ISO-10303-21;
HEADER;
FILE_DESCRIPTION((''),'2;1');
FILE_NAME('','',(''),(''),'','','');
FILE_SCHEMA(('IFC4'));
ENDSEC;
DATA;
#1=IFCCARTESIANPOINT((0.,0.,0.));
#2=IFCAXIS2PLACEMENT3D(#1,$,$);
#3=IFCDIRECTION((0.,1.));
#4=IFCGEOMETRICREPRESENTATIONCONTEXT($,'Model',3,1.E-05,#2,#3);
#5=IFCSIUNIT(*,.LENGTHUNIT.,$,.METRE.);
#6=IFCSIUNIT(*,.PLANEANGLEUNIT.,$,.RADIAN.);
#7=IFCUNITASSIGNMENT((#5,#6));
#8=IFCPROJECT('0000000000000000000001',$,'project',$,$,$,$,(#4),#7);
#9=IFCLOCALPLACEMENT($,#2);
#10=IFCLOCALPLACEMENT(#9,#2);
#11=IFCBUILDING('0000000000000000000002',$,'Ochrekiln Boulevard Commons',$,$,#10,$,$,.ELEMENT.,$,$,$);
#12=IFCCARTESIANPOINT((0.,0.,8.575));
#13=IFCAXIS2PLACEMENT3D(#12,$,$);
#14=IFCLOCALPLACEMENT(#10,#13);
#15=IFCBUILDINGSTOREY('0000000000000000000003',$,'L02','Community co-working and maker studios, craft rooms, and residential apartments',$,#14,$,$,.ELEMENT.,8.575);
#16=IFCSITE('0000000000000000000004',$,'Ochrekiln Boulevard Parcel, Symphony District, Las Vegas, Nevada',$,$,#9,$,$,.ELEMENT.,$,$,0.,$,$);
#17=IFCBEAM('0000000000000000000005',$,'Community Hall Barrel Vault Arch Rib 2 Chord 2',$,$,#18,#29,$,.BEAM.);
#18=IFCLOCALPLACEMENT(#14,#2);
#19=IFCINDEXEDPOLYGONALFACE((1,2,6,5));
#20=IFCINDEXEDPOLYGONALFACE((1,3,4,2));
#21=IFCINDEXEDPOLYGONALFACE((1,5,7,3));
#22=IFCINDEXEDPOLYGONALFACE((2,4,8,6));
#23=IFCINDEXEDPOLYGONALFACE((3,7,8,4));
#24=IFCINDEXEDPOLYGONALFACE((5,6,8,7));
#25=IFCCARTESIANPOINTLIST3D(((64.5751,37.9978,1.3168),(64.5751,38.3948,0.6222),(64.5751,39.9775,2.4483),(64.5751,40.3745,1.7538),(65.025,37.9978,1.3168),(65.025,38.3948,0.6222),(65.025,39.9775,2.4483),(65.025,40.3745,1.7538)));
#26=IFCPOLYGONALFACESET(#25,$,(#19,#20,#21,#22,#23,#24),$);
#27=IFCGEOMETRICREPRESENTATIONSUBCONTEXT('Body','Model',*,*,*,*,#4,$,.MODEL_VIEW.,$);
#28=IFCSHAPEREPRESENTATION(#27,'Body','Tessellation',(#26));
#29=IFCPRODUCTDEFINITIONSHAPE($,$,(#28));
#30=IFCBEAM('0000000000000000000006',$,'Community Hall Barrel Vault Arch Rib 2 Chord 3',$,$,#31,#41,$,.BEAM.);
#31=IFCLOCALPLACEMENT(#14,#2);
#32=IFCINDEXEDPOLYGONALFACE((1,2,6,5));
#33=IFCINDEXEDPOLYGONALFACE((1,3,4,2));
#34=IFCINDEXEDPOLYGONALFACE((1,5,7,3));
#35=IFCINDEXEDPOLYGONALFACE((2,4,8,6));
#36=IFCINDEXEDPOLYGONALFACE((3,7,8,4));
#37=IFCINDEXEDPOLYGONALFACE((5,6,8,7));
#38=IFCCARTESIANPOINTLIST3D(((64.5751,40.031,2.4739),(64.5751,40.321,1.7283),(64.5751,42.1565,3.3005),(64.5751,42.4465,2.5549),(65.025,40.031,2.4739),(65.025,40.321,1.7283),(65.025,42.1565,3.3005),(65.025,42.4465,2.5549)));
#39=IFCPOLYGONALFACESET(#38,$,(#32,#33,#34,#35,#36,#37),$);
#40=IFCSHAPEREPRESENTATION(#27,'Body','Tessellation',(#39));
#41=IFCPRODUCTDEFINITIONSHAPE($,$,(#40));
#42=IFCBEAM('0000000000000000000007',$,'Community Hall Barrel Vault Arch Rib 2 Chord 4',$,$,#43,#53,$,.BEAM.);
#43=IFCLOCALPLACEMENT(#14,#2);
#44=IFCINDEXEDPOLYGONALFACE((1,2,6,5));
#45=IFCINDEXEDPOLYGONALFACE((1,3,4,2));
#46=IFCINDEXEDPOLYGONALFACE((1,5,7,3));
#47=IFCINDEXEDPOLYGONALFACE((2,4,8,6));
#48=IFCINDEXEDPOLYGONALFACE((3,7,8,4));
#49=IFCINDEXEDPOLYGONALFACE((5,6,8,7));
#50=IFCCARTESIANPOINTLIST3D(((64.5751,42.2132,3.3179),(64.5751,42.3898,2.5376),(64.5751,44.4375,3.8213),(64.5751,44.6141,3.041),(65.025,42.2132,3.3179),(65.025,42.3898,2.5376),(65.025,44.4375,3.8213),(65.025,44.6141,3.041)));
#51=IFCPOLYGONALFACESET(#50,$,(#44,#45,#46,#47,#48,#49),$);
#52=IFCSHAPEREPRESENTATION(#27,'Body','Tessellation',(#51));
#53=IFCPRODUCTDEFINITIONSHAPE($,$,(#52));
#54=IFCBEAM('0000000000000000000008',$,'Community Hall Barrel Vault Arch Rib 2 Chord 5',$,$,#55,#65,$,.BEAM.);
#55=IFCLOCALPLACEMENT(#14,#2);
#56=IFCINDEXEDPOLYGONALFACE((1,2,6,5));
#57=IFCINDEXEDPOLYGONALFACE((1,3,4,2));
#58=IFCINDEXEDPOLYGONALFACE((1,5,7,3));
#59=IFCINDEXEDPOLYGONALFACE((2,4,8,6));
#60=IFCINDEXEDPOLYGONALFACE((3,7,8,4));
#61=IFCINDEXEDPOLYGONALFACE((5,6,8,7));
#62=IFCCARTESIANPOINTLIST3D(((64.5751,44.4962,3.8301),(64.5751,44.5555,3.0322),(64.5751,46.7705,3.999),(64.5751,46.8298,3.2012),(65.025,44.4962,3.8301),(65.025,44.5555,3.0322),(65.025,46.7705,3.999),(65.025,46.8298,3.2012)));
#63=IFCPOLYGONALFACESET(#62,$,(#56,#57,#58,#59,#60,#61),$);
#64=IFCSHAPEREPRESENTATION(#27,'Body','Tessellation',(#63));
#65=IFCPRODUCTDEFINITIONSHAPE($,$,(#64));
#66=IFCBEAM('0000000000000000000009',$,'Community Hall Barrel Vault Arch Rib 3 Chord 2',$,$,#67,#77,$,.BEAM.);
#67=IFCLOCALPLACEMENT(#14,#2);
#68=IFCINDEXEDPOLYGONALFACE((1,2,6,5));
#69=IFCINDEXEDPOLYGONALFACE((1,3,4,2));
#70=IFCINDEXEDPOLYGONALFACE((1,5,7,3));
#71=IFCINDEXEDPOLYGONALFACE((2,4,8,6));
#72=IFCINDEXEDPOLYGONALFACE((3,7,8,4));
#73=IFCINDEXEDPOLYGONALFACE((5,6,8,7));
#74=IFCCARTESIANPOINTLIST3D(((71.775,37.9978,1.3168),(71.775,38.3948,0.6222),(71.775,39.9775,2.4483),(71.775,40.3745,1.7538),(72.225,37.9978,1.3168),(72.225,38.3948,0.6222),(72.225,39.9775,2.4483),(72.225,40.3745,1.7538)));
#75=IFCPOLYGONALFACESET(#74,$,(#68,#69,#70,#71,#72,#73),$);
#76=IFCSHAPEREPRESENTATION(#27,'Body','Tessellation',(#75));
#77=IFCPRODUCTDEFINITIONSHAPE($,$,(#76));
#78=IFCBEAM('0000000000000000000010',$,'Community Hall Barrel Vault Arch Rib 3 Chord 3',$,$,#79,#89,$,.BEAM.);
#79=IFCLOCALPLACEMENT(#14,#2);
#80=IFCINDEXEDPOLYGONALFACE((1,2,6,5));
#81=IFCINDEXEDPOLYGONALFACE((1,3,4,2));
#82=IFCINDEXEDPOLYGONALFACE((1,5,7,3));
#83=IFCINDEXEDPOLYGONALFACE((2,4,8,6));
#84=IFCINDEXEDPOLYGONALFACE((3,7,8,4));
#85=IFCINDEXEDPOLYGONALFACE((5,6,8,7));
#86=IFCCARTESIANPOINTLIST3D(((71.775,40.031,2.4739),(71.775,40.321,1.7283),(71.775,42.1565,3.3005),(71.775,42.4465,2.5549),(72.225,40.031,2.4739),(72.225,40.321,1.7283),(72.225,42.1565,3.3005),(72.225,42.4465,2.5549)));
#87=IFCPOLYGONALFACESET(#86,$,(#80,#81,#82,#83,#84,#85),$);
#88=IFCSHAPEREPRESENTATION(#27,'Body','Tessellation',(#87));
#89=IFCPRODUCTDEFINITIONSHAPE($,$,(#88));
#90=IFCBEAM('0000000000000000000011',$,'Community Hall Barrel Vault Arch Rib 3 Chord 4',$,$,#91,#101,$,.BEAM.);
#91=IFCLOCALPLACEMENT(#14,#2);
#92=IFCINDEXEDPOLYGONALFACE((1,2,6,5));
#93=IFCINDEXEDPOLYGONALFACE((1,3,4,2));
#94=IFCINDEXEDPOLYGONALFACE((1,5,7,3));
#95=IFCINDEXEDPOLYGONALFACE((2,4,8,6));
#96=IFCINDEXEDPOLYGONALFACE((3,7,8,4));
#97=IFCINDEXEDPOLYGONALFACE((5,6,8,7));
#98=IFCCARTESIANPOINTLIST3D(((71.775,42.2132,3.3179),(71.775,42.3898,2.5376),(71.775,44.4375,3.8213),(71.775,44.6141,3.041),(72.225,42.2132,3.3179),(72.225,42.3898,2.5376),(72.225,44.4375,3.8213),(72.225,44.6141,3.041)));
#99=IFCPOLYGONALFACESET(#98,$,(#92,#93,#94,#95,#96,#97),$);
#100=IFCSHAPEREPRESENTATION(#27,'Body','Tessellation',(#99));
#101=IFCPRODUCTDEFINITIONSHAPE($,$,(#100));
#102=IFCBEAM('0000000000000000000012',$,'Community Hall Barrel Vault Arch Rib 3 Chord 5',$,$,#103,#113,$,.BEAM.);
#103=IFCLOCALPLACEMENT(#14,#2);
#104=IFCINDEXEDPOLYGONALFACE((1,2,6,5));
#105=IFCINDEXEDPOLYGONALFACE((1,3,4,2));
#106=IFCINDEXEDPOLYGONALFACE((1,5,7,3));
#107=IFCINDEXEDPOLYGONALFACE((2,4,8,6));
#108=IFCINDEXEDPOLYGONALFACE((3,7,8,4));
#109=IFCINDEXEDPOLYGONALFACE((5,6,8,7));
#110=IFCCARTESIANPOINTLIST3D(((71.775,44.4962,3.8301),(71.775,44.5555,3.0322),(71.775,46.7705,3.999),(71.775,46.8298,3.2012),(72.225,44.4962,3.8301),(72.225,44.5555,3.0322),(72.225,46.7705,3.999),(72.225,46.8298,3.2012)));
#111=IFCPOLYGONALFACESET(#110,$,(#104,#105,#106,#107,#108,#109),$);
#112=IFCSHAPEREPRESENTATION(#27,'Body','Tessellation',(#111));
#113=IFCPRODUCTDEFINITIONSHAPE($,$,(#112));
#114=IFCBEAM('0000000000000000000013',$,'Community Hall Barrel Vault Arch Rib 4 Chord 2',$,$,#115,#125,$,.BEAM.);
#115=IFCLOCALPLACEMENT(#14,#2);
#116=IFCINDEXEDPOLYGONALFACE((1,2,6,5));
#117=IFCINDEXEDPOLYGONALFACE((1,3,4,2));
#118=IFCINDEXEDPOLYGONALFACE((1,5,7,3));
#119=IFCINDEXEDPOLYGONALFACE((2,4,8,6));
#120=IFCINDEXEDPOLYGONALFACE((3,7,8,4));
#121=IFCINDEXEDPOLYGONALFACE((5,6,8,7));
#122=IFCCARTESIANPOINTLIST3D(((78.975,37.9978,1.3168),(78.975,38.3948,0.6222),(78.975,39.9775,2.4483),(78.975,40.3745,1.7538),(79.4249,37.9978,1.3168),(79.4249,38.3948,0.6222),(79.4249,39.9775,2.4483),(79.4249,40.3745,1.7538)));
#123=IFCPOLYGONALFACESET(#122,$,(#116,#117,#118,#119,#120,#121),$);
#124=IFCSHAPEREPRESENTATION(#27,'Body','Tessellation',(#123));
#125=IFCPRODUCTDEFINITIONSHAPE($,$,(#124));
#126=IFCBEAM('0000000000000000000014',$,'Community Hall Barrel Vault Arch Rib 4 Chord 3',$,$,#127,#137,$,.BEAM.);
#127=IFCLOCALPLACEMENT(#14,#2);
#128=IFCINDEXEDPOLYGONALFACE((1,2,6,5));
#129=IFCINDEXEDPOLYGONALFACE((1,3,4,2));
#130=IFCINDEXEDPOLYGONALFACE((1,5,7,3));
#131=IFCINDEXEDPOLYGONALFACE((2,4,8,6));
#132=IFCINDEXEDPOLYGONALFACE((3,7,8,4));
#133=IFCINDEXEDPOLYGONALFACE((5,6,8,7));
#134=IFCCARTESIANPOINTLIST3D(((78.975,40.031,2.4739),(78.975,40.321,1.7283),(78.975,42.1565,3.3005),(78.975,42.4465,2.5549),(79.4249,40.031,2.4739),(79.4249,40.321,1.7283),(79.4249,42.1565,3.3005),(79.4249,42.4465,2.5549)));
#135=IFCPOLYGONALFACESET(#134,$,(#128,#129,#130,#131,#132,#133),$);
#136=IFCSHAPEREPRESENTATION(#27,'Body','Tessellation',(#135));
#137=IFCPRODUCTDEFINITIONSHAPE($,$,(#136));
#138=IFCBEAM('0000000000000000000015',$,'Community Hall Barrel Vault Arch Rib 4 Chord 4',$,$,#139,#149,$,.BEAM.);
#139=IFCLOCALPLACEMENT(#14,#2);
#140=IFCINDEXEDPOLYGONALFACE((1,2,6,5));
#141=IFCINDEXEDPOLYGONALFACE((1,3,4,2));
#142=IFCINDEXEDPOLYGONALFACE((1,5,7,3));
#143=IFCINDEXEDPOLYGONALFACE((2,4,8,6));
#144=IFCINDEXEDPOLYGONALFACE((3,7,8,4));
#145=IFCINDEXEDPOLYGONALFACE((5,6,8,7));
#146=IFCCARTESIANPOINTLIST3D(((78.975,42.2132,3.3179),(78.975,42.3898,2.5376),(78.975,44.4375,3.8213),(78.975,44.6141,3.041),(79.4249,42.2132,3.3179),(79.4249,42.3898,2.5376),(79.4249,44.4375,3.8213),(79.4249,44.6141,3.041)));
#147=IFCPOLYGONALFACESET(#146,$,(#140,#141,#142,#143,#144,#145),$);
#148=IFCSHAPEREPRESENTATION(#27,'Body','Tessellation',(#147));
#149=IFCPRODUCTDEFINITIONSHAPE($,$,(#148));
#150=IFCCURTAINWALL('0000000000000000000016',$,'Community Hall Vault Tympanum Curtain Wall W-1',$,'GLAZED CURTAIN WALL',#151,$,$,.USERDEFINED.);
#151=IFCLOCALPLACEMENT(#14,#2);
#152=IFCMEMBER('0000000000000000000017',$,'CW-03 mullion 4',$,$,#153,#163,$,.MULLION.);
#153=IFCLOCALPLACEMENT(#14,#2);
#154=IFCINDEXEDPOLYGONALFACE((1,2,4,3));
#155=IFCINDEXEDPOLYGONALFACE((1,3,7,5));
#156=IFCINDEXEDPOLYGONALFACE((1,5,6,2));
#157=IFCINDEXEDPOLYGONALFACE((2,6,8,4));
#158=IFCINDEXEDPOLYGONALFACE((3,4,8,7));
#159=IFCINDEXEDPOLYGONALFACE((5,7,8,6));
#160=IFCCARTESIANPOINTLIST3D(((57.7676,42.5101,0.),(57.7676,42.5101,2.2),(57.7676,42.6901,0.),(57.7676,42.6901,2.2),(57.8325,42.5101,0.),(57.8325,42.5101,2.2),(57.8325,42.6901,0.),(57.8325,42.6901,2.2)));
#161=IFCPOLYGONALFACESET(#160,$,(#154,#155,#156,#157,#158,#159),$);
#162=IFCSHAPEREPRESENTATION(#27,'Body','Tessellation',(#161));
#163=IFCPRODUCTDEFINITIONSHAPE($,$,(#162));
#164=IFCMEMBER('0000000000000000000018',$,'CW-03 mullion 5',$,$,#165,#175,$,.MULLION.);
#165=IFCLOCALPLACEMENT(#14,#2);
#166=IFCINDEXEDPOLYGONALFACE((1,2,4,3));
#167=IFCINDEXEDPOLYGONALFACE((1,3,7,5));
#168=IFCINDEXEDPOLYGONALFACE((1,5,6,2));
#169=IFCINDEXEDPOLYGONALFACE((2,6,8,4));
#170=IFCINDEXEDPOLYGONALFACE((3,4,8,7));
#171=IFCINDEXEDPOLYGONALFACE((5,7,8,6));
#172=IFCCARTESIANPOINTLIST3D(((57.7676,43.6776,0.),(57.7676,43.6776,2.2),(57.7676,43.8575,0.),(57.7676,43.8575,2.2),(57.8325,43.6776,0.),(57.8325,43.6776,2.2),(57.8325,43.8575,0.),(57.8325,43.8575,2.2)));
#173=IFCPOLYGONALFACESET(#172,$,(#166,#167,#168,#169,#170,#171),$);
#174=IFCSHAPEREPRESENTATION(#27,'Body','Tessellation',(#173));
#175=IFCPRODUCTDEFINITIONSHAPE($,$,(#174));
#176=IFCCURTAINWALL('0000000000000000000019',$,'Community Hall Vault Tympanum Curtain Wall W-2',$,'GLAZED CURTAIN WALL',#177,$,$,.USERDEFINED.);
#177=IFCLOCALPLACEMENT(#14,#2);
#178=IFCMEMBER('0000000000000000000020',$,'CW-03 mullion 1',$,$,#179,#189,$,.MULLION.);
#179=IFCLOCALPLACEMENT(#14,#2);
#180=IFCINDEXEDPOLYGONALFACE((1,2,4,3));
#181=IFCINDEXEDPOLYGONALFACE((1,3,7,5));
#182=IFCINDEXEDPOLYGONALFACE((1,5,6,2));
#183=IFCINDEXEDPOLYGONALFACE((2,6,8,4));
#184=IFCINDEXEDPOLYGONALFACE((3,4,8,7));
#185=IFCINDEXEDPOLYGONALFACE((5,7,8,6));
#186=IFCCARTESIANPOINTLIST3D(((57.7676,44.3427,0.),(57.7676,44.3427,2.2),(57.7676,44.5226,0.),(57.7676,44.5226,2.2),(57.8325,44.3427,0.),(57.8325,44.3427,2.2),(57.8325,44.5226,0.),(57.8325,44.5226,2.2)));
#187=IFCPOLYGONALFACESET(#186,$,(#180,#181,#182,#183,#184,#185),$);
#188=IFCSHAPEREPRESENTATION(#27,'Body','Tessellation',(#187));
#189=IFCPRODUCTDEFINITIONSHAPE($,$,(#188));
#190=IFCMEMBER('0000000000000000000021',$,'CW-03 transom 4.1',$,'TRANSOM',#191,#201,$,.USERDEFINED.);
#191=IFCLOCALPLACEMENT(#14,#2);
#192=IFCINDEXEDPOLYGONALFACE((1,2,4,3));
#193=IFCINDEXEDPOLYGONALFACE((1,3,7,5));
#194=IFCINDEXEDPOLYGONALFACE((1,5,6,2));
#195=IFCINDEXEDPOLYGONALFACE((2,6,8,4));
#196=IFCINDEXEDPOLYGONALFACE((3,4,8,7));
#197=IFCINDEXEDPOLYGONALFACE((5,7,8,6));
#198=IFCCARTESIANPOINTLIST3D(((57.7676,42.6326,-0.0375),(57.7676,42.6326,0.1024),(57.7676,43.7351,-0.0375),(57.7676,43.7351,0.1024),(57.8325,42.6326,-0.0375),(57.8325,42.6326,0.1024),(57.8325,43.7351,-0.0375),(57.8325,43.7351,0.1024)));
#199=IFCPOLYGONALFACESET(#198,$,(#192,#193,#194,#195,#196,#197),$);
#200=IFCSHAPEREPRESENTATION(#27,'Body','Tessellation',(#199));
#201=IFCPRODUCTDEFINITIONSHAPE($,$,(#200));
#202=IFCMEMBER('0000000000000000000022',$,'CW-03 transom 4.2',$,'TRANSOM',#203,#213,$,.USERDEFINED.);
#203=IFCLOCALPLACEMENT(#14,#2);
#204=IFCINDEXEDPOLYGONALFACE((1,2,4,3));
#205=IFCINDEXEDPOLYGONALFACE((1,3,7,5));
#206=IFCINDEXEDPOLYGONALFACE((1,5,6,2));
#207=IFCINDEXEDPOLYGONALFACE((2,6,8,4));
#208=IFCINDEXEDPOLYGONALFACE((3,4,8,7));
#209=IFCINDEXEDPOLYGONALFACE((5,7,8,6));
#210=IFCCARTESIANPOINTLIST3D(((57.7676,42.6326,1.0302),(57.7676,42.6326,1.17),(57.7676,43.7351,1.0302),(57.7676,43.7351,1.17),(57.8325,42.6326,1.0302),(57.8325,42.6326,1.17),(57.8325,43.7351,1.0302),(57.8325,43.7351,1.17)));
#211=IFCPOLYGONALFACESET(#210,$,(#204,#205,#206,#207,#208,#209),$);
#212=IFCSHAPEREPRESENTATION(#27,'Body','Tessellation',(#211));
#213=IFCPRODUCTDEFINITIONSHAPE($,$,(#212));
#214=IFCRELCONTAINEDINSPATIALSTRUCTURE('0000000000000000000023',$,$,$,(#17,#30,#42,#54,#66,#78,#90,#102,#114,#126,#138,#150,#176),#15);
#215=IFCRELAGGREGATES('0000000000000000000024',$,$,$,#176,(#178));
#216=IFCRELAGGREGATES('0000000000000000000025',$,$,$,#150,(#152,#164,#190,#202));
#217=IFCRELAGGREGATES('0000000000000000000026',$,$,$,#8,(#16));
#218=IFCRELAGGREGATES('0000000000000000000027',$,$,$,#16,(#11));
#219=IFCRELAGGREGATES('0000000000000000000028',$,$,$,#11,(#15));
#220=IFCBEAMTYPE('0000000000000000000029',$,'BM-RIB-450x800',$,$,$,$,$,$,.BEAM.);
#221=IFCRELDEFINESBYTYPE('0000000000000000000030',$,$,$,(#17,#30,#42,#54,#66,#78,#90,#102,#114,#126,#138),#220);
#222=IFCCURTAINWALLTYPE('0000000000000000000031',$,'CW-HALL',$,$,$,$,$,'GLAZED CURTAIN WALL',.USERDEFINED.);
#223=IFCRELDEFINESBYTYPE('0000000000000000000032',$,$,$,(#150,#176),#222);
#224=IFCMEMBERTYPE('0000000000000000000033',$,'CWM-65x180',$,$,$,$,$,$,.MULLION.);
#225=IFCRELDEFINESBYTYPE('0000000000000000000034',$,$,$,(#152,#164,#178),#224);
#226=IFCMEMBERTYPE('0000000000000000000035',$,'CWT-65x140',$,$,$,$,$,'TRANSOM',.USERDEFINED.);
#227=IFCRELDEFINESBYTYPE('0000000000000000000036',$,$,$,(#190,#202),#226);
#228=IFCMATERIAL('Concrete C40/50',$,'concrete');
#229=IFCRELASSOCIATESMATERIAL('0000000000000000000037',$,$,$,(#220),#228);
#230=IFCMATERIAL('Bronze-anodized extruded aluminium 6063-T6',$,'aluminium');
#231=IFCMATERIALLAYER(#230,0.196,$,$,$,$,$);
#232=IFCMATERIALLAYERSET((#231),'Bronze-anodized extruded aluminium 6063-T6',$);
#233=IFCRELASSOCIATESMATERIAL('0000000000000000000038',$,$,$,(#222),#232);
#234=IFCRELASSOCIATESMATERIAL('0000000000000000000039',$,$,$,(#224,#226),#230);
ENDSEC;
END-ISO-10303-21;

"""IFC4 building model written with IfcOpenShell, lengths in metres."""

from ifc_helpers import new_model, si_unit, direction, frame, origin, origin_2d, place, context, subcontext, project, spatial, rectangle, extrude, material, layer, layer_set, material_profile, profile_set, type_object, element, aggregate, save


model = new_model("IFC4")

# Units and contexts
model_context = context("Model", 3, precision=1e-05, world=origin(), true_north=direction((0.0, 1.0)))
body_context = subcontext(model_context, "Body", "Model", "MODEL_VIEW")
ifc_project = project(units=[si_unit("LENGTHUNIT", "METRE"), si_unit("PLANEANGLEUNIT", "RADIAN")], contexts=[model_context])

# Site, building, storey
site_placement = place(None, origin())
site = spatial("IfcSite", under=ifc_project, at=site_placement, Name="Ochrekiln Boulevard Parcel, Symphony District, Las Vegas, Nevada", CompositionType="ELEMENT", RefElevation=0.0)
building_placement = place(site_placement, origin())
building = spatial("IfcBuilding", under=site, at=building_placement, Name="Ochrekiln Boulevard Commons", CompositionType="ELEMENT")
storey_placement = place(building_placement, frame((0.0, 0.0, 8.575)))
storey = spatial("IfcBuildingStorey", under=building, at=storey_placement, Name="L02", Description="Community co-working and maker studios, craft rooms, and residential apartments", CompositionType="ELEMENT", Elevation=8.575)

# Beams
ifc_material_1 = material(Name="Concrete C40/50", Category="concrete")
ifc_material_profile_1 = material_profile(ifc_material_1, rectangle(XDim=0.45, YDim=0.8, at=origin_2d()), Name="RC-RIB-450x800")
ifc_profile_set_1 = profile_set([ifc_material_profile_1], Name="Concrete C40/50")
beam_type = type_object("IfcBeamType", Name="BM-RIB-450x800", PredefinedType="BEAM", material=ifc_profile_set_1)
beam_1_placement = place(storey_placement, frame((64.8, 38.1963, 0.9695), z_axis=(0.0, 0.868184, 0.496243), x_axis=(-1.0, 0.0, 0.0)))
element("IfcBeam", 1, at=beam_1_placement, inside=storey, type_object=beam_type, Name="Community Hall Barrel Vault Arch Rib 2 Chord 2", PredefinedType="BEAM", context=body_context, shape_type="SweptSolid", body=[
    extrude(rectangle(XDim=0.45, YDim=0.8, at=origin_2d()), origin(), (0.0, 0.0, 1.0), 2.2803),
])
for number, where, z_axis, x_axis, name in (
    (2, (64.8, 40.176, 2.1011), (0.0, 0.931993, 0.362477), (-1.0, 0.0, 0.0), "Community Hall Barrel Vault Arch Rib 2 Chord 3"),
    (3, (64.8, 42.3015, 2.9277), (0.0, 0.975333, 0.220737), (-1.0, 0.0, 0.0), "Community Hall Barrel Vault Arch Rib 2 Chord 4"),
    (4, (64.8, 44.5259, 3.4312), (0.0, 0.997252, 0.074085), (-1.0, 0.0, 0.0), "Community Hall Barrel Vault Arch Rib 2 Chord 5"),
):
    element("IfcBeam", number, at=place(storey_placement, frame(where, z_axis=z_axis, x_axis=x_axis)), inside=storey, type_object=beam_type, Name=name, PredefinedType="BEAM", context=body_context, shape_type="SweptSolid", body=[
        extrude(rectangle(XDim=0.45, YDim=0.8, at=origin_2d()), origin(), (0.0, 0.0, 1.0), 2.2805),
    ])
beam_2_placement = place(storey_placement, frame((72.0, 38.1963, 0.9695), z_axis=(0.0, 0.868184, 0.496243), x_axis=(-1.0, 0.0, 0.0)))
element("IfcBeam", 5, at=beam_2_placement, inside=storey, type_object=beam_type, Name="Community Hall Barrel Vault Arch Rib 3 Chord 2", PredefinedType="BEAM", context=body_context, shape_type="SweptSolid", body=[
    extrude(rectangle(XDim=0.45, YDim=0.8, at=origin_2d()), origin(), (0.0, 0.0, 1.0), 2.2803),
])
for number, where, z_axis, x_axis, name in (
    (6, (72.0, 40.176, 2.1011), (0.0, 0.931993, 0.362477), (-1.0, 0.0, 0.0), "Community Hall Barrel Vault Arch Rib 3 Chord 3"),
    (7, (72.0, 42.3015, 2.9277), (0.0, 0.975333, 0.220737), (-1.0, 0.0, 0.0), "Community Hall Barrel Vault Arch Rib 3 Chord 4"),
    (8, (72.0, 44.5259, 3.4312), (0.0, 0.997252, 0.074085), (-1.0, 0.0, 0.0), "Community Hall Barrel Vault Arch Rib 3 Chord 5"),
):
    element("IfcBeam", number, at=place(storey_placement, frame(where, z_axis=z_axis, x_axis=x_axis)), inside=storey, type_object=beam_type, Name=name, PredefinedType="BEAM", context=body_context, shape_type="SweptSolid", body=[
        extrude(rectangle(XDim=0.45, YDim=0.8, at=origin_2d()), origin(), (0.0, 0.0, 1.0), 2.2805),
    ])
beam_3_placement = place(storey_placement, frame((79.2, 38.1963, 0.9695), z_axis=(0.0, 0.868184, 0.496243), x_axis=(-1.0, 0.0, 0.0)))
element("IfcBeam", 9, at=beam_3_placement, inside=storey, type_object=beam_type, Name="Community Hall Barrel Vault Arch Rib 4 Chord 2", PredefinedType="BEAM", context=body_context, shape_type="SweptSolid", body=[
    extrude(rectangle(XDim=0.45, YDim=0.8, at=origin_2d()), origin(), (0.0, 0.0, 1.0), 2.2803),
])
for number, where, z_axis, x_axis, name in (
    (10, (79.2, 40.176, 2.1011), (0.0, 0.931993, 0.362477), (-1.0, 0.0, 0.0), "Community Hall Barrel Vault Arch Rib 4 Chord 3"),
    (11, (79.2, 42.3015, 2.9277), (0.0, 0.975333, 0.220737), (-1.0, 0.0, 0.0), "Community Hall Barrel Vault Arch Rib 4 Chord 4"),
):
    element("IfcBeam", number, at=place(storey_placement, frame(where, z_axis=z_axis, x_axis=x_axis)), inside=storey, type_object=beam_type, Name=name, PredefinedType="BEAM", context=body_context, shape_type="SweptSolid", body=[
        extrude(rectangle(XDim=0.45, YDim=0.8, at=origin_2d()), origin(), (0.0, 0.0, 1.0), 2.2805),
    ])

# Curtain wall, members
ifc_material_2 = material(Name="Bronze-anodized extruded aluminium 6063-T6", Category="aluminium")
ifc_layer_1 = layer(ifc_material_2, 0.196)
ifc_layer_set_1 = layer_set([ifc_layer_1], Name="Bronze-anodized extruded aluminium 6063-T6")
curtain_wall_type = type_object("IfcCurtainWallType", Name="CW-HALL", ElementType="GLAZED CURTAIN WALL", PredefinedType="USERDEFINED", material=ifc_layer_set_1)
curtain_wall_1_placement = place(storey_placement, origin())
curtain_wall_1 = element("IfcCurtainWall", 12, at=curtain_wall_1_placement, inside=storey, type_object=curtain_wall_type, Name="Community Hall Vault Tympanum Curtain Wall W-1", ObjectType="GLAZED CURTAIN WALL", PredefinedType="USERDEFINED")
ifc_material_profile_2 = material_profile(ifc_material_2, rectangle(XDim=0.0649, YDim=0.1799, at=origin_2d()), Name="ALU-MUL-65x180")
ifc_profile_set_2 = profile_set([ifc_material_profile_2], Name="Bronze-anodized extruded aluminium 6063-T6")
member_type_1 = type_object("IfcMemberType", Name="CWM-65x180", PredefinedType="MULLION", material=ifc_profile_set_2)
member_1_placement = place(storey_placement, frame((57.8, 42.6001, 0.0), z_axis=(0.0, 0.0, 1.0), x_axis=(-1.0, 0.0, 0.0)))
member_1 = element("IfcMember", 13, at=member_1_placement, type_object=member_type_1, Name="CW-03 mullion 4", PredefinedType="MULLION", context=body_context, shape_type="SweptSolid", body=[
    extrude(rectangle(XDim=0.0649, YDim=0.1799, at=origin_2d()), origin(), (0.0, 0.0, 1.0), 2.2),
])
member_2_placement = place(storey_placement, frame((57.8, 43.7676, 0.0), z_axis=(0.0, 0.0, 1.0), x_axis=(-1.0, 0.0, 0.0)))
member_2 = element("IfcMember", 14, at=member_2_placement, type_object=member_type_1, Name="CW-03 mullion 5", PredefinedType="MULLION", context=body_context, shape_type="SweptSolid", body=[
    extrude(rectangle(XDim=0.0649, YDim=0.1799, at=origin_2d()), origin(), (0.0, 0.0, 1.0), 2.2),
])

# Curtain wall, member
curtain_wall_2_placement = place(storey_placement, origin())
curtain_wall_2 = element("IfcCurtainWall", 15, at=curtain_wall_2_placement, inside=storey, type_object=curtain_wall_type, Name="Community Hall Vault Tympanum Curtain Wall W-2", ObjectType="GLAZED CURTAIN WALL", PredefinedType="USERDEFINED")
member_3_placement = place(storey_placement, frame((57.8, 44.4326, 0.0), z_axis=(0.0, 0.0, 1.0), x_axis=(-1.0, 0.0, 0.0)))
member_3 = element("IfcMember", 16, at=member_3_placement, type_object=member_type_1, Name="CW-03 mullion 1", PredefinedType="MULLION", context=body_context, shape_type="SweptSolid", body=[
    extrude(rectangle(XDim=0.0649, YDim=0.1799, at=origin_2d()), origin(), (0.0, 0.0, 1.0), 2.2),
])

# Members
ifc_material_profile_3 = material_profile(ifc_material_2, rectangle(XDim=0.0649, YDim=0.1399, at=origin_2d()), Name="ALU-TRN-65x140")
ifc_profile_set_3 = profile_set([ifc_material_profile_3], Name="Bronze-anodized extruded aluminium 6063-T6")
member_type_2 = type_object("IfcMemberType", Name="CWT-65x140", ElementType="TRANSOM", PredefinedType="USERDEFINED", material=ifc_profile_set_3)
member_4_placement = place(storey_placement, frame((57.8, 42.6326, 0.0325), z_axis=(0.0, 1.0, 0.0), x_axis=(-1.0, 0.0, 0.0)))
member_4 = element("IfcMember", 17, at=member_4_placement, type_object=member_type_2, Name="CW-03 transom 4.1", ObjectType="TRANSOM", PredefinedType="USERDEFINED", context=body_context, shape_type="SweptSolid", body=[
    extrude(rectangle(XDim=0.0649, YDim=0.1399, at=origin_2d()), origin(), (0.0, 0.0, 1.0), 1.1025),
])
member_5_placement = place(storey_placement, frame((57.8, 42.6326, 1.1001), z_axis=(0.0, 1.0, 0.0), x_axis=(-1.0, 0.0, 0.0)))
member_5 = element("IfcMember", 18, at=member_5_placement, type_object=member_type_2, Name="CW-03 transom 4.2", ObjectType="TRANSOM", PredefinedType="USERDEFINED", context=body_context, shape_type="SweptSolid", body=[
    extrude(rectangle(XDim=0.0649, YDim=0.1399, at=origin_2d()), origin(), (0.0, 0.0, 1.0), 1.1025),
])
aggregate(curtain_wall_2, [member_3])

aggregate(curtain_wall_1, [member_1, member_2, member_4, member_5])

save(model, "model.ifc")
